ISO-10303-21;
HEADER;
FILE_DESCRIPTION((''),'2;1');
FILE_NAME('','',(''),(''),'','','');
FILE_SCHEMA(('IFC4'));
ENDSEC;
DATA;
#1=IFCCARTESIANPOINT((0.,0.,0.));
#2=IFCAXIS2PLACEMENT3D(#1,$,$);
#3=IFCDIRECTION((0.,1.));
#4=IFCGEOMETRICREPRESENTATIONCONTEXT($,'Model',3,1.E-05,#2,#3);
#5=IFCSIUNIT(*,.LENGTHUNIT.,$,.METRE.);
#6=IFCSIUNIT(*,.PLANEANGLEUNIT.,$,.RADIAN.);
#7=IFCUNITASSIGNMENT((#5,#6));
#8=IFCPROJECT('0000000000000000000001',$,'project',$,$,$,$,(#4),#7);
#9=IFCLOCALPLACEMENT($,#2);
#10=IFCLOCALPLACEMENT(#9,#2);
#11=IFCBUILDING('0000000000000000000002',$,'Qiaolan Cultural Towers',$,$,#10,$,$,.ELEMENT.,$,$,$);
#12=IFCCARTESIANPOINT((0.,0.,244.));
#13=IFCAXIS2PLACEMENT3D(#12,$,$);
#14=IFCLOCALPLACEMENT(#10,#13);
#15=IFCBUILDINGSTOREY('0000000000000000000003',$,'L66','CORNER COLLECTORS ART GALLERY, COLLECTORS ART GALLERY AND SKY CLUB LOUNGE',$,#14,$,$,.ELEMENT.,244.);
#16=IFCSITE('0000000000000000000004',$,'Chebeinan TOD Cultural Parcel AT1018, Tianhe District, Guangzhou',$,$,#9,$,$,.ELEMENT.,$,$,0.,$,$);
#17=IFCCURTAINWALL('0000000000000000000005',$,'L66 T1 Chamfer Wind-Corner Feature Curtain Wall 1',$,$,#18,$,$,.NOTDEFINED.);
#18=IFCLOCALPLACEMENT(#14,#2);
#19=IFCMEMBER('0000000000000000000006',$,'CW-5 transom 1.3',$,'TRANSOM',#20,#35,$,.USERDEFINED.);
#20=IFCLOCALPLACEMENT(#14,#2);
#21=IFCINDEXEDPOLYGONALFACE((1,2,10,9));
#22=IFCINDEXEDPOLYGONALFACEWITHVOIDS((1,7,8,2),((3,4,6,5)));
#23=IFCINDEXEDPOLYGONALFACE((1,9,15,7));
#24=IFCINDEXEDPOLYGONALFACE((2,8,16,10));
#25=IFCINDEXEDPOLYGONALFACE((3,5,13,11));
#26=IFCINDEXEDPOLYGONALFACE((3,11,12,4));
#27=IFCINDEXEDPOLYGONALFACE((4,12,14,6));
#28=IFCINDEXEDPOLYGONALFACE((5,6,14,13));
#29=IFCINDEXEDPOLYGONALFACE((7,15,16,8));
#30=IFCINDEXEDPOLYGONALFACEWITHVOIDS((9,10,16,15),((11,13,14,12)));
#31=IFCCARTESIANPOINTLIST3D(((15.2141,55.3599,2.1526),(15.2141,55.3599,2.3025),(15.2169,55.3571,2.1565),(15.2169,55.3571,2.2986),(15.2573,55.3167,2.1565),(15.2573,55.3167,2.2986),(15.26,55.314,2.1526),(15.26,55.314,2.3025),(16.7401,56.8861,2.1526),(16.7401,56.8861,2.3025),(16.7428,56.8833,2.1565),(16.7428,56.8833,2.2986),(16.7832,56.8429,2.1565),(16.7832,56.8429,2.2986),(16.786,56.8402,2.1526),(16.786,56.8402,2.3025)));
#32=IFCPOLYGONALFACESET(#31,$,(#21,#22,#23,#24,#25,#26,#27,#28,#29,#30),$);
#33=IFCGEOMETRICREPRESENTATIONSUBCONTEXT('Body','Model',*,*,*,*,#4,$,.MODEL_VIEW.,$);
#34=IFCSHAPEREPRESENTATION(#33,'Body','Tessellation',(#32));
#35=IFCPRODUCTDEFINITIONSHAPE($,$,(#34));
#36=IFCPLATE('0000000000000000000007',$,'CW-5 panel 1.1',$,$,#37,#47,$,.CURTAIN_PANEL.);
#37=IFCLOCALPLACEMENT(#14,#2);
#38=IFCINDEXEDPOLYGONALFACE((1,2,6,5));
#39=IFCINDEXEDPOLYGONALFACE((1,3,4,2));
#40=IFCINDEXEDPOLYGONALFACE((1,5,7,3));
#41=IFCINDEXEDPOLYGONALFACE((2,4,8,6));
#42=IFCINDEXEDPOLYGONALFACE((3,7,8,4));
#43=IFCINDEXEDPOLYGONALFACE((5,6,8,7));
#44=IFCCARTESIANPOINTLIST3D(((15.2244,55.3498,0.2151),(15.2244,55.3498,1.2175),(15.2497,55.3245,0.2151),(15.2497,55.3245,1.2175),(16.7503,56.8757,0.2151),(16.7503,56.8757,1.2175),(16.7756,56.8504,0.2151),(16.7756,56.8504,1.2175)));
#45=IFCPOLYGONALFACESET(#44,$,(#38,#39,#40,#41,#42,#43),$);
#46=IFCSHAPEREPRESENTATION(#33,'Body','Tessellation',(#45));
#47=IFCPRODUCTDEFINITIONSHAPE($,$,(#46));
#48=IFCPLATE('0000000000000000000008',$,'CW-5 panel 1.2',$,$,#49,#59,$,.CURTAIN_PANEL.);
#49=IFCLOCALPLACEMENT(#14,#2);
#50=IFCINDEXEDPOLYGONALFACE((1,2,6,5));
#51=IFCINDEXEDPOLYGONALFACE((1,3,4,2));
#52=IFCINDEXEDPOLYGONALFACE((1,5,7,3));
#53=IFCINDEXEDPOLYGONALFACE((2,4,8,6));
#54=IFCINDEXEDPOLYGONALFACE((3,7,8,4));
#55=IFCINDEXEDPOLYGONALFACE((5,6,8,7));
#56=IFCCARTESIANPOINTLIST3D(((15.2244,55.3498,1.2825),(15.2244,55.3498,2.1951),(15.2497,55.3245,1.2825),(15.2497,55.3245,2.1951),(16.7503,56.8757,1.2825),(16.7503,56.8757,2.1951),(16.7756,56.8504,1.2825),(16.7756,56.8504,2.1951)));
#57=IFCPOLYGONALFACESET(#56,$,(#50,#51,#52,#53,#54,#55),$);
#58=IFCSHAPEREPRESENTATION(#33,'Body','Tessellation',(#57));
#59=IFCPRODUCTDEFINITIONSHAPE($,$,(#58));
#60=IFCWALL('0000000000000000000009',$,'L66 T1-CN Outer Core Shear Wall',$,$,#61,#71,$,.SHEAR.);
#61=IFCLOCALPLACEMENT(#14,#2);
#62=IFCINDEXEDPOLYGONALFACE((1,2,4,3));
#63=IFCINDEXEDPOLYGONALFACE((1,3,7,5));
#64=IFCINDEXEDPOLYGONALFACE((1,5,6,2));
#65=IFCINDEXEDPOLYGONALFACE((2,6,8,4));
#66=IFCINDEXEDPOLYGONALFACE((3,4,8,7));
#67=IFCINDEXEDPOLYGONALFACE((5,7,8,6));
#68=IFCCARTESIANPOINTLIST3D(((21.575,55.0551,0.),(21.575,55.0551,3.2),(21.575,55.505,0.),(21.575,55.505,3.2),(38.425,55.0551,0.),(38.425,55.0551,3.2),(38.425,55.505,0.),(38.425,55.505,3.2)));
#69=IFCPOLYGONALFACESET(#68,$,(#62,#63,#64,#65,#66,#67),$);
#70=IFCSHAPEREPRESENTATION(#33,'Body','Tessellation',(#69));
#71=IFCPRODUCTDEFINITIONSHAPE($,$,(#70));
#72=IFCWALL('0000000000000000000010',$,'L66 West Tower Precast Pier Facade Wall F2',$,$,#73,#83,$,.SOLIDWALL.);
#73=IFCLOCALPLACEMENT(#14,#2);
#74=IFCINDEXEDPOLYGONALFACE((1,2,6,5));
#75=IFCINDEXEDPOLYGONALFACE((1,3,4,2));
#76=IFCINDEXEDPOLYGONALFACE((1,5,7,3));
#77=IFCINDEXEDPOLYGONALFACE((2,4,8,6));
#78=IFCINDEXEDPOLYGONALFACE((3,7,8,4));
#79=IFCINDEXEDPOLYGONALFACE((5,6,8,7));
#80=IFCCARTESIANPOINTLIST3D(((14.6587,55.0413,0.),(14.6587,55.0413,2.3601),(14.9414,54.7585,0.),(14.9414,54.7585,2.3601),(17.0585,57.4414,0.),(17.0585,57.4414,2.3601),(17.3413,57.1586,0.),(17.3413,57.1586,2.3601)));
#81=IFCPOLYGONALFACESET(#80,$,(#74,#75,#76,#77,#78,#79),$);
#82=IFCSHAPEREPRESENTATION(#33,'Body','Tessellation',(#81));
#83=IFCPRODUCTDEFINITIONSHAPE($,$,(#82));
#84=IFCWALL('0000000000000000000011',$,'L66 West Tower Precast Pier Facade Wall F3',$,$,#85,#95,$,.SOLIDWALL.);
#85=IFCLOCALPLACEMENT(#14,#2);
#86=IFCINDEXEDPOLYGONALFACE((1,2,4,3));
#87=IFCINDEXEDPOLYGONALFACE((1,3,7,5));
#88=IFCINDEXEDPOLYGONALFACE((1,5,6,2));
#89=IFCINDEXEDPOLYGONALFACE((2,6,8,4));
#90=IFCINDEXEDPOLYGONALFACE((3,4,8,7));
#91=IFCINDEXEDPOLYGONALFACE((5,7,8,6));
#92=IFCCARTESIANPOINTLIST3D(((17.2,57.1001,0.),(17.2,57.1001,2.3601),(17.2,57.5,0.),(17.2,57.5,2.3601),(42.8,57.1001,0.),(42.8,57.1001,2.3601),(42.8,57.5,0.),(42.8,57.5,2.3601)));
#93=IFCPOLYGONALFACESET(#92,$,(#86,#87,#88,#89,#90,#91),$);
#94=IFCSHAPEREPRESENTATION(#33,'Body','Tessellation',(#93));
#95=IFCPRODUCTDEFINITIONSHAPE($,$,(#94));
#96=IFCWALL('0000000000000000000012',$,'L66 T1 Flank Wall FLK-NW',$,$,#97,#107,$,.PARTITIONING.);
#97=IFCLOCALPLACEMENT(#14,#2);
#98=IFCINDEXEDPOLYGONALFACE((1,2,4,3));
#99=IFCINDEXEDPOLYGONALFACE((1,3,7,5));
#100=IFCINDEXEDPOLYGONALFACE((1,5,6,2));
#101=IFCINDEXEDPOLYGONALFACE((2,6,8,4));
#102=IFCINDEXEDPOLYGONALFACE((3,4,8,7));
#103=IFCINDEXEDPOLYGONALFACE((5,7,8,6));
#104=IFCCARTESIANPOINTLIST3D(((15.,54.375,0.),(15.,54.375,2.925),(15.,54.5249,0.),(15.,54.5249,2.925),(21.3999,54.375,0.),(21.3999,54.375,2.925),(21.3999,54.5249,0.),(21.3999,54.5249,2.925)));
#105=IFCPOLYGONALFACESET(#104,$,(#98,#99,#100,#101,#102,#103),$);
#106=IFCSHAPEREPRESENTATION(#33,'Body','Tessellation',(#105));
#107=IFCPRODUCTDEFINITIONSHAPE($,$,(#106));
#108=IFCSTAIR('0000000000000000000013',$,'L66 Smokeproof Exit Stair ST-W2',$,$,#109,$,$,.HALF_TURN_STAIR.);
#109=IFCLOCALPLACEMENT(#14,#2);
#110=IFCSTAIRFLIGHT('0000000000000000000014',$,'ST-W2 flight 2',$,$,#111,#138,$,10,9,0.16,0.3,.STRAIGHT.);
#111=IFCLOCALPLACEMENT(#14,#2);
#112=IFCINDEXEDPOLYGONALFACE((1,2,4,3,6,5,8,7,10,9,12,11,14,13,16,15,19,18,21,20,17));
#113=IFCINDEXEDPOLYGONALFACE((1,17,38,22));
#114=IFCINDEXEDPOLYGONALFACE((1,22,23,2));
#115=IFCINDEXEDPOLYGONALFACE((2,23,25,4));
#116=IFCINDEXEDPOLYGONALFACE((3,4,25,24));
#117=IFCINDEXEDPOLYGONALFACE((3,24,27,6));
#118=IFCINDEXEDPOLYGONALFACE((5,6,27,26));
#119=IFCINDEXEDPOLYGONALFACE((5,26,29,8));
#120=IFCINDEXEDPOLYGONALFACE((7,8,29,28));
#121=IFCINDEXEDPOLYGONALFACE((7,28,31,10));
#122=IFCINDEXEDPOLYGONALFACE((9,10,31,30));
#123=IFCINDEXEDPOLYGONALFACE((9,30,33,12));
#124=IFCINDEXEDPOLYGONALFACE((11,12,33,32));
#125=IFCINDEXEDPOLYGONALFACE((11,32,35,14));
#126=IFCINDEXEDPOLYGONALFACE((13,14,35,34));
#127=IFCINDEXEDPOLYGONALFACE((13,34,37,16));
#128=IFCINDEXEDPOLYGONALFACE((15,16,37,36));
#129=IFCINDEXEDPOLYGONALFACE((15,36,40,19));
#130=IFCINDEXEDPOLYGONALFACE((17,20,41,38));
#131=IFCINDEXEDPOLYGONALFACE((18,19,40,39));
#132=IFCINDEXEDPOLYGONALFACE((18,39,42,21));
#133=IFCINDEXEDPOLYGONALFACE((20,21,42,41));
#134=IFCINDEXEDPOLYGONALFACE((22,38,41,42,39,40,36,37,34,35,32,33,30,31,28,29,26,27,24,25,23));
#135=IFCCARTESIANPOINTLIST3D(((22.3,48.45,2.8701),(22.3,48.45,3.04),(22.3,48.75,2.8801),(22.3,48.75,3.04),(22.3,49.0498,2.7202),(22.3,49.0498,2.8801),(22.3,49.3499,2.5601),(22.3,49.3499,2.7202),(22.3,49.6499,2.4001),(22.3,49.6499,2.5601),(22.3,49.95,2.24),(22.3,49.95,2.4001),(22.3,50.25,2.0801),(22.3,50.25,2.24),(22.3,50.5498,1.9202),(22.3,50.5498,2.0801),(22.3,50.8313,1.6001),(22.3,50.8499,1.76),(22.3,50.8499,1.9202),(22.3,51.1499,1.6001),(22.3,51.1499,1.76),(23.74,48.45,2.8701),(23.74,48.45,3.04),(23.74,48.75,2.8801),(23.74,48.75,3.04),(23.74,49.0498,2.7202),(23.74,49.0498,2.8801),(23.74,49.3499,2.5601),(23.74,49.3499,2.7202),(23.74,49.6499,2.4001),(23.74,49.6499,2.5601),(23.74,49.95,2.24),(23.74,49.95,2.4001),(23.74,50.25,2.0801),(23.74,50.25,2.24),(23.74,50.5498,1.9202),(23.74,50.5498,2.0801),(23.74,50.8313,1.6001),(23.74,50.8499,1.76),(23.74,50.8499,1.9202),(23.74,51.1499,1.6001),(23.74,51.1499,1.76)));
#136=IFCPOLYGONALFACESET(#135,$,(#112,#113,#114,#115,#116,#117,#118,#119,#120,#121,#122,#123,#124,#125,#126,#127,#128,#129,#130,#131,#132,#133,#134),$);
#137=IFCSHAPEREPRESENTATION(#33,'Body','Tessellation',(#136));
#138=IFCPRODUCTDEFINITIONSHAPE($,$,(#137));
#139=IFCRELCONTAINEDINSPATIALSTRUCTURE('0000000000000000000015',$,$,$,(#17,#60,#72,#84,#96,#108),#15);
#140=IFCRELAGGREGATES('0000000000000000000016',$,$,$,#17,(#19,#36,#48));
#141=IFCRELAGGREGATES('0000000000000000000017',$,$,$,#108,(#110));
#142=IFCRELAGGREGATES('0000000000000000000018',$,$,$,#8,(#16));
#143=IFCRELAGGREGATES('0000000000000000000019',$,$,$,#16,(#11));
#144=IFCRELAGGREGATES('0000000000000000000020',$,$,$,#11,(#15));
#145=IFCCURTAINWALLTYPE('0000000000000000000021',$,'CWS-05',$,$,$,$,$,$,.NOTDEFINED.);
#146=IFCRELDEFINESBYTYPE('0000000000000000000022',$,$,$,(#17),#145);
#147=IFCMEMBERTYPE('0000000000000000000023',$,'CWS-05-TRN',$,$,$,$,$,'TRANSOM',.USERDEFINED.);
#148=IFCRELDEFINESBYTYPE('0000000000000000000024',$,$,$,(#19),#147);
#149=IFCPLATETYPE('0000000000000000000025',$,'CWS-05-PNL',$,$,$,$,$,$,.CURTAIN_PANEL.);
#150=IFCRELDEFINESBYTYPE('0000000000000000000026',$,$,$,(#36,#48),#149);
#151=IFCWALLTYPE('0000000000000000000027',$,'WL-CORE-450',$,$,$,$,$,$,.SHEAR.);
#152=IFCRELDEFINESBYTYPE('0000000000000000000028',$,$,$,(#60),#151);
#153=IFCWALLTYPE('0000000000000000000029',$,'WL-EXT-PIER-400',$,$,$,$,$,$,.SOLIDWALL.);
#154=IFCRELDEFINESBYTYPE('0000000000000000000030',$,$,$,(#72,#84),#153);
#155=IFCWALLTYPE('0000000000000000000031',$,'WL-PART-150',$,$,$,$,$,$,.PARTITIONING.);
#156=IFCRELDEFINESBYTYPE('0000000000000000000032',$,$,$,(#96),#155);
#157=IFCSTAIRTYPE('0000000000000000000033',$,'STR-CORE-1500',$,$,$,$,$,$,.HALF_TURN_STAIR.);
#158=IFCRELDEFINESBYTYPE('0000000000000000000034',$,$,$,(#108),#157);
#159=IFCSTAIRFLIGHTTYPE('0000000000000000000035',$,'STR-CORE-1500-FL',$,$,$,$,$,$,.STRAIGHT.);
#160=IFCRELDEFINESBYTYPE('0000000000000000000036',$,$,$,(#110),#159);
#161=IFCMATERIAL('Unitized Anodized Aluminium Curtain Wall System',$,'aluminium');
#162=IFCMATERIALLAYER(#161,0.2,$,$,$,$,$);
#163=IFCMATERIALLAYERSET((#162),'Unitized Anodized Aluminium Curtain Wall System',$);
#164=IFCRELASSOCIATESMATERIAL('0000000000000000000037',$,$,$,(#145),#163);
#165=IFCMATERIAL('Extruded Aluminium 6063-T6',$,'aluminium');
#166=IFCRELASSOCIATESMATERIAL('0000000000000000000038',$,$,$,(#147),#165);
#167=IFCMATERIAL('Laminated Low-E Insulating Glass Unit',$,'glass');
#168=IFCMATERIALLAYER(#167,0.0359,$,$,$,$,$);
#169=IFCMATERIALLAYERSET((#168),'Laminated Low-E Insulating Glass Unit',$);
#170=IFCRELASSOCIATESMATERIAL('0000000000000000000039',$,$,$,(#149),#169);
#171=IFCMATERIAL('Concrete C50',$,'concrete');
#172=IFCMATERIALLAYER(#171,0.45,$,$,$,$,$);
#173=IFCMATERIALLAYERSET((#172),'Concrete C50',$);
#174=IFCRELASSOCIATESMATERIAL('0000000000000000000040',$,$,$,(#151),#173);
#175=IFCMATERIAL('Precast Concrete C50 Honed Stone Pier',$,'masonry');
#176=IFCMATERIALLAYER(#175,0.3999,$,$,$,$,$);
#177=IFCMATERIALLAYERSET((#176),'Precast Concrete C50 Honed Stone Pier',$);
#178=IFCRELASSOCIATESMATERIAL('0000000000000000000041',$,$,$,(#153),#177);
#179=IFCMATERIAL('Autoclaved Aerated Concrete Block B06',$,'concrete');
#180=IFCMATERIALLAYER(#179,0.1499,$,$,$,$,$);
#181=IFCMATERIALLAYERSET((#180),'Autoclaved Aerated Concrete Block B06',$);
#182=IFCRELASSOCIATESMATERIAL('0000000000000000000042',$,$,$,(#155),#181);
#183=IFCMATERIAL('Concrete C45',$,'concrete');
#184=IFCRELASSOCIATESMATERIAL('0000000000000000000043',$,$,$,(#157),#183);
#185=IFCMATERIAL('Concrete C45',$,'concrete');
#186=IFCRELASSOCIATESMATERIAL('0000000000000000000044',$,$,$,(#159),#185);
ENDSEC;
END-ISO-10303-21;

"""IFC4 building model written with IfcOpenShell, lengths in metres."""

from ifc_helpers import new_model, si_unit, direction, frame, frame_2d, origin, origin_2d, place, context, subcontext, project, spatial, polyline, rectangle, hollow_rectangle, outline, extrude, material, layer, layer_set, material_profile, profile_set, type_object, element, aggregate, save


model = new_model("IFC4")

# Units and contexts
model_context = context("Model", 3, precision=1e-05, world=origin(), true_north=direction((0.0, 1.0)))
body_context = subcontext(model_context, "Body", "Model", "MODEL_VIEW")
ifc_project = project(units=[si_unit("LENGTHUNIT", "METRE"), si_unit("PLANEANGLEUNIT", "RADIAN")], contexts=[model_context])

# Site, building, storey
site_placement = place(None, origin())
site = spatial("IfcSite", under=ifc_project, at=site_placement, Name="Chebeinan TOD Cultural Parcel AT1018, Tianhe District, Guangzhou", CompositionType="ELEMENT", RefElevation=0.0)
building_placement = place(site_placement, origin())
building = spatial("IfcBuilding", under=site, at=building_placement, Name="Qiaolan Cultural Towers", CompositionType="ELEMENT")
storey_placement = place(building_placement, frame((0.0, 0.0, 244.0)))
storey = spatial("IfcBuildingStorey", under=building, at=storey_placement, Name="L66", Description="CORNER COLLECTORS ART GALLERY, COLLECTORS ART GALLERY AND SKY CLUB LOUNGE", CompositionType="ELEMENT", Elevation=244.0)

# Curtain wall, member, plates
ifc_material_1 = material(Name="Unitized Anodized Aluminium Curtain Wall System", Category="aluminium")
ifc_layer_1 = layer(ifc_material_1, 0.2)
ifc_layer_set_1 = layer_set([ifc_layer_1], Name="Unitized Anodized Aluminium Curtain Wall System")
curtain_wall_type = type_object("IfcCurtainWallType", Name="CWS-05", PredefinedType="NOTDEFINED", material=ifc_layer_set_1)
curtain_wall_placement = place(storey_placement, origin())
curtain_wall = element("IfcCurtainWall", 1, at=curtain_wall_placement, inside=storey, type_object=curtain_wall_type, Name="L66 T1 Chamfer Wind-Corner Feature Curtain Wall 1", PredefinedType="NOTDEFINED")
ifc_material_2 = material(Name="Extruded Aluminium 6063-T6", Category="aluminium")
ifc_material_profile_1 = material_profile(ifc_material_2, hollow_rectangle(XDim=0.0649, YDim=0.1499, WallThickness=0.0039, at=origin_2d()), Name="CWT-150x65x4")
ifc_profile_set_1 = profile_set([ifc_material_profile_1], Name="Extruded Aluminium 6063-T6")
member_type_1 = type_object("IfcMemberType", Name="CWS-05-TRN", ElementType="TRANSOM", PredefinedType="USERDEFINED", material=ifc_profile_set_1)
member_1_placement = place(storey_placement, frame((15.2371, 55.3369, 2.2275), z_axis=(0.70705, 0.707163, 0.0), x_axis=(-0.707163, 0.70705, 0.0)))
member_1 = element("IfcMember", 2, at=member_1_placement, type_object=member_type_1, Name="CW-5 transom 1.3", ObjectType="TRANSOM", PredefinedType="USERDEFINED", context=body_context, shape_type="SweptSolid", body=[
    extrude(hollow_rectangle(XDim=0.0649, YDim=0.1499, WallThickness=0.0039, at=origin_2d()), origin(), (0.0, 0.0, 1.0), 2.1582),
])
ifc_material_3 = material(Name="Laminated Low-E Insulating Glass Unit", Category="glass")
ifc_layer_2 = layer(ifc_material_3, 0.0359)
ifc_layer_set_2 = layer_set([ifc_layer_2], Name="Laminated Low-E Insulating Glass Unit")
plate_type = type_object("IfcPlateType", Name="CWS-05-PNL", PredefinedType="CURTAIN_PANEL", material=ifc_layer_set_2)
plate_1_placement = place(storey_placement, frame((16.0, 56.1001, 0.2151), z_axis=(0.0, 0.0, 1.0), x_axis=(0.707107, 0.707107, 0.0)))
plate_1 = element("IfcPlate", 3, at=plate_1_placement, type_object=plate_type, Name="CW-5 panel 1.1", PredefinedType="CURTAIN_PANEL", context=body_context, shape_type="SweptSolid", body=[
    extrude(rectangle(XDim=2.158, YDim=0.0359, at=origin_2d()), origin(), (0.0, 0.0, 1.0), 1.0024),
])
plate_2_placement = place(storey_placement, frame((16.0, 56.1001, 1.2825), z_axis=(0.0, 0.0, 1.0), x_axis=(0.707107, 0.707107, 0.0)))
plate_2 = element("IfcPlate", 4, at=plate_2_placement, type_object=plate_type, Name="CW-5 panel 1.2", PredefinedType="CURTAIN_PANEL", context=body_context, shape_type="SweptSolid", body=[
    extrude(rectangle(XDim=2.158, YDim=0.0359, at=origin_2d()), origin(), (0.0, 0.0, 1.0), 0.9126),
])
aggregate(curtain_wall, [member_1, plate_1, plate_2])

# Walls
ifc_material_4 = material(Name="Concrete C50", Category="concrete")
ifc_layer_3 = layer(ifc_material_4, 0.45)
ifc_layer_set_3 = layer_set([ifc_layer_3], Name="Concrete C50")
wall_type_1 = type_object("IfcWallType", Name="WL-CORE-450", PredefinedType="SHEAR", material=ifc_layer_set_3)
wall_1_placement = place(storey_placement, frame((21.575, 55.28, 0.0), z_axis=(0.0, 0.0, 1.0), x_axis=(1.0, 0.0, 0.0)))
element("IfcWall", 5, at=wall_1_placement, inside=storey, type_object=wall_type_1, Name="L66 T1-CN Outer Core Shear Wall", PredefinedType="SHEAR", context=body_context, shape_type="SweptSolid", body=[
    extrude(rectangle(XDim=16.8501, YDim=0.45, at=frame_2d((8.425, 0.0))), origin(), (0.0, 0.0, 1.0), 3.2),
])
ifc_material_5 = material(Name="Precast Concrete C50 Honed Stone Pier", Category="masonry")
ifc_layer_4 = layer(ifc_material_5, 0.3999)
ifc_layer_set_4 = layer_set([ifc_layer_4], Name="Precast Concrete C50 Honed Stone Pier")
wall_type_2 = type_object("IfcWallType", Name="WL-EXT-PIER-400", PredefinedType="SOLIDWALL", material=ifc_layer_set_4)
wall_2_placement = place(storey_placement, frame((14.8, 54.8999, 0.0), z_axis=(0.0, 0.0, 1.0), x_axis=(0.707071, 0.707143, 0.0)))
element("IfcWall", 6, at=wall_2_placement, inside=storey, type_object=wall_type_2, Name="L66 West Tower Precast Pier Facade Wall F2", PredefinedType="SOLIDWALL", context=body_context, shape_type="SweptSolid", body=[
    extrude(rectangle(XDim=3.394, YDim=0.3999, at=frame_2d((1.697, 0.0))), origin(), (0.0, 0.0, 1.0), 2.3601),
])
wall_3_placement = place(storey_placement, frame((17.2, 57.3, 0.0), z_axis=(0.0, 0.0, 1.0), x_axis=(1.0, 0.0, 0.0)))
element("IfcWall", 7, at=wall_3_placement, inside=storey, type_object=wall_type_2, Name="L66 West Tower Precast Pier Facade Wall F3", PredefinedType="SOLIDWALL", context=body_context, shape_type="SweptSolid", body=[
    extrude(rectangle(XDim=25.6001, YDim=0.3999, at=frame_2d((12.8, 0.0))), origin(), (0.0, 0.0, 1.0), 2.3601),
])
ifc_material_6 = material(Name="Autoclaved Aerated Concrete Block B06", Category="concrete")
ifc_layer_5 = layer(ifc_material_6, 0.1499)
ifc_layer_set_5 = layer_set([ifc_layer_5], Name="Autoclaved Aerated Concrete Block B06")
wall_type_3 = type_object("IfcWallType", Name="WL-PART-150", PredefinedType="PARTITIONING", material=ifc_layer_set_5)
wall_4_placement = place(storey_placement, frame((15.0, 54.45, 0.0), z_axis=(0.0, 0.0, 1.0), x_axis=(1.0, 0.0, 0.0)))
element("IfcWall", 8, at=wall_4_placement, inside=storey, type_object=wall_type_3, Name="L66 T1 Flank Wall FLK-NW", PredefinedType="PARTITIONING", context=body_context, shape_type="SweptSolid", body=[
    extrude(rectangle(XDim=6.3999, YDim=0.1499, at=frame_2d((3.2, 0.0))), origin(), (0.0, 0.0, 1.0), 2.925),
])

# Stair, stair flight
ifc_material_7 = material(Name="Concrete C45", Category="concrete")
stair_type = type_object("IfcStairType", Name="STR-CORE-1500", PredefinedType="HALF_TURN_STAIR", material=ifc_material_7)
stair_placement = place(storey_placement, origin())
stair = element("IfcStair", 9, at=stair_placement, inside=storey, type_object=stair_type, Name="L66 Smokeproof Exit Stair ST-W2", PredefinedType="HALF_TURN_STAIR")
ifc_material_8 = material(Name="Concrete C45", Category="concrete")
stair_flight_type = type_object("IfcStairFlightType", Name="STR-CORE-1500-FL", PredefinedType="STRAIGHT", material=ifc_material_8)
stair_flight_placement = place(storey_placement, frame((23.02, 51.1499, 1.6001), z_axis=(0.0, 0.0, 1.0), x_axis=(0.0, -1.0, 0.0)))
stair_flight = element("IfcStairFlight", 10, at=stair_flight_placement, type_object=stair_flight_type, Name="ST-W2 flight 2", NumberOfRisers=10, NumberOfTreads=9, PredefinedType="STRAIGHT", RiserHeight=0.16, TreadLength=0.3, context=body_context, shape_type="SweptSolid", body=[
    extrude(outline(polyline([(0.0, 0.0), (0.0, 0.1599), (0.3, 0.1599), (0.3, 0.3201), (0.6001, 0.3201), (0.6001, 0.48), (0.8999, 0.48), (0.8999, 0.6399), (1.2, 0.6399), (1.2, 0.8), (1.5, 0.8), (1.5, 0.96), (1.8, 0.96), (1.8, 1.1201), (2.1001, 1.1201), (2.1001, 1.28), (2.3999, 1.28), (2.3999, 1.4399), (2.7, 1.4399), (2.7, 1.6001), (2.7, 1.27), (0.3186, 0.0), (0.0, 0.0)])), frame((0.0, 0.72, 0.0), z_axis=(0.0, -1.0, 0.0), x_axis=(1.0, 0.0, 0.0)), (0.0, 0.0, 1.0), 1.4399),
])
aggregate(stair, [stair_flight])

save(model, "model.ifc")
